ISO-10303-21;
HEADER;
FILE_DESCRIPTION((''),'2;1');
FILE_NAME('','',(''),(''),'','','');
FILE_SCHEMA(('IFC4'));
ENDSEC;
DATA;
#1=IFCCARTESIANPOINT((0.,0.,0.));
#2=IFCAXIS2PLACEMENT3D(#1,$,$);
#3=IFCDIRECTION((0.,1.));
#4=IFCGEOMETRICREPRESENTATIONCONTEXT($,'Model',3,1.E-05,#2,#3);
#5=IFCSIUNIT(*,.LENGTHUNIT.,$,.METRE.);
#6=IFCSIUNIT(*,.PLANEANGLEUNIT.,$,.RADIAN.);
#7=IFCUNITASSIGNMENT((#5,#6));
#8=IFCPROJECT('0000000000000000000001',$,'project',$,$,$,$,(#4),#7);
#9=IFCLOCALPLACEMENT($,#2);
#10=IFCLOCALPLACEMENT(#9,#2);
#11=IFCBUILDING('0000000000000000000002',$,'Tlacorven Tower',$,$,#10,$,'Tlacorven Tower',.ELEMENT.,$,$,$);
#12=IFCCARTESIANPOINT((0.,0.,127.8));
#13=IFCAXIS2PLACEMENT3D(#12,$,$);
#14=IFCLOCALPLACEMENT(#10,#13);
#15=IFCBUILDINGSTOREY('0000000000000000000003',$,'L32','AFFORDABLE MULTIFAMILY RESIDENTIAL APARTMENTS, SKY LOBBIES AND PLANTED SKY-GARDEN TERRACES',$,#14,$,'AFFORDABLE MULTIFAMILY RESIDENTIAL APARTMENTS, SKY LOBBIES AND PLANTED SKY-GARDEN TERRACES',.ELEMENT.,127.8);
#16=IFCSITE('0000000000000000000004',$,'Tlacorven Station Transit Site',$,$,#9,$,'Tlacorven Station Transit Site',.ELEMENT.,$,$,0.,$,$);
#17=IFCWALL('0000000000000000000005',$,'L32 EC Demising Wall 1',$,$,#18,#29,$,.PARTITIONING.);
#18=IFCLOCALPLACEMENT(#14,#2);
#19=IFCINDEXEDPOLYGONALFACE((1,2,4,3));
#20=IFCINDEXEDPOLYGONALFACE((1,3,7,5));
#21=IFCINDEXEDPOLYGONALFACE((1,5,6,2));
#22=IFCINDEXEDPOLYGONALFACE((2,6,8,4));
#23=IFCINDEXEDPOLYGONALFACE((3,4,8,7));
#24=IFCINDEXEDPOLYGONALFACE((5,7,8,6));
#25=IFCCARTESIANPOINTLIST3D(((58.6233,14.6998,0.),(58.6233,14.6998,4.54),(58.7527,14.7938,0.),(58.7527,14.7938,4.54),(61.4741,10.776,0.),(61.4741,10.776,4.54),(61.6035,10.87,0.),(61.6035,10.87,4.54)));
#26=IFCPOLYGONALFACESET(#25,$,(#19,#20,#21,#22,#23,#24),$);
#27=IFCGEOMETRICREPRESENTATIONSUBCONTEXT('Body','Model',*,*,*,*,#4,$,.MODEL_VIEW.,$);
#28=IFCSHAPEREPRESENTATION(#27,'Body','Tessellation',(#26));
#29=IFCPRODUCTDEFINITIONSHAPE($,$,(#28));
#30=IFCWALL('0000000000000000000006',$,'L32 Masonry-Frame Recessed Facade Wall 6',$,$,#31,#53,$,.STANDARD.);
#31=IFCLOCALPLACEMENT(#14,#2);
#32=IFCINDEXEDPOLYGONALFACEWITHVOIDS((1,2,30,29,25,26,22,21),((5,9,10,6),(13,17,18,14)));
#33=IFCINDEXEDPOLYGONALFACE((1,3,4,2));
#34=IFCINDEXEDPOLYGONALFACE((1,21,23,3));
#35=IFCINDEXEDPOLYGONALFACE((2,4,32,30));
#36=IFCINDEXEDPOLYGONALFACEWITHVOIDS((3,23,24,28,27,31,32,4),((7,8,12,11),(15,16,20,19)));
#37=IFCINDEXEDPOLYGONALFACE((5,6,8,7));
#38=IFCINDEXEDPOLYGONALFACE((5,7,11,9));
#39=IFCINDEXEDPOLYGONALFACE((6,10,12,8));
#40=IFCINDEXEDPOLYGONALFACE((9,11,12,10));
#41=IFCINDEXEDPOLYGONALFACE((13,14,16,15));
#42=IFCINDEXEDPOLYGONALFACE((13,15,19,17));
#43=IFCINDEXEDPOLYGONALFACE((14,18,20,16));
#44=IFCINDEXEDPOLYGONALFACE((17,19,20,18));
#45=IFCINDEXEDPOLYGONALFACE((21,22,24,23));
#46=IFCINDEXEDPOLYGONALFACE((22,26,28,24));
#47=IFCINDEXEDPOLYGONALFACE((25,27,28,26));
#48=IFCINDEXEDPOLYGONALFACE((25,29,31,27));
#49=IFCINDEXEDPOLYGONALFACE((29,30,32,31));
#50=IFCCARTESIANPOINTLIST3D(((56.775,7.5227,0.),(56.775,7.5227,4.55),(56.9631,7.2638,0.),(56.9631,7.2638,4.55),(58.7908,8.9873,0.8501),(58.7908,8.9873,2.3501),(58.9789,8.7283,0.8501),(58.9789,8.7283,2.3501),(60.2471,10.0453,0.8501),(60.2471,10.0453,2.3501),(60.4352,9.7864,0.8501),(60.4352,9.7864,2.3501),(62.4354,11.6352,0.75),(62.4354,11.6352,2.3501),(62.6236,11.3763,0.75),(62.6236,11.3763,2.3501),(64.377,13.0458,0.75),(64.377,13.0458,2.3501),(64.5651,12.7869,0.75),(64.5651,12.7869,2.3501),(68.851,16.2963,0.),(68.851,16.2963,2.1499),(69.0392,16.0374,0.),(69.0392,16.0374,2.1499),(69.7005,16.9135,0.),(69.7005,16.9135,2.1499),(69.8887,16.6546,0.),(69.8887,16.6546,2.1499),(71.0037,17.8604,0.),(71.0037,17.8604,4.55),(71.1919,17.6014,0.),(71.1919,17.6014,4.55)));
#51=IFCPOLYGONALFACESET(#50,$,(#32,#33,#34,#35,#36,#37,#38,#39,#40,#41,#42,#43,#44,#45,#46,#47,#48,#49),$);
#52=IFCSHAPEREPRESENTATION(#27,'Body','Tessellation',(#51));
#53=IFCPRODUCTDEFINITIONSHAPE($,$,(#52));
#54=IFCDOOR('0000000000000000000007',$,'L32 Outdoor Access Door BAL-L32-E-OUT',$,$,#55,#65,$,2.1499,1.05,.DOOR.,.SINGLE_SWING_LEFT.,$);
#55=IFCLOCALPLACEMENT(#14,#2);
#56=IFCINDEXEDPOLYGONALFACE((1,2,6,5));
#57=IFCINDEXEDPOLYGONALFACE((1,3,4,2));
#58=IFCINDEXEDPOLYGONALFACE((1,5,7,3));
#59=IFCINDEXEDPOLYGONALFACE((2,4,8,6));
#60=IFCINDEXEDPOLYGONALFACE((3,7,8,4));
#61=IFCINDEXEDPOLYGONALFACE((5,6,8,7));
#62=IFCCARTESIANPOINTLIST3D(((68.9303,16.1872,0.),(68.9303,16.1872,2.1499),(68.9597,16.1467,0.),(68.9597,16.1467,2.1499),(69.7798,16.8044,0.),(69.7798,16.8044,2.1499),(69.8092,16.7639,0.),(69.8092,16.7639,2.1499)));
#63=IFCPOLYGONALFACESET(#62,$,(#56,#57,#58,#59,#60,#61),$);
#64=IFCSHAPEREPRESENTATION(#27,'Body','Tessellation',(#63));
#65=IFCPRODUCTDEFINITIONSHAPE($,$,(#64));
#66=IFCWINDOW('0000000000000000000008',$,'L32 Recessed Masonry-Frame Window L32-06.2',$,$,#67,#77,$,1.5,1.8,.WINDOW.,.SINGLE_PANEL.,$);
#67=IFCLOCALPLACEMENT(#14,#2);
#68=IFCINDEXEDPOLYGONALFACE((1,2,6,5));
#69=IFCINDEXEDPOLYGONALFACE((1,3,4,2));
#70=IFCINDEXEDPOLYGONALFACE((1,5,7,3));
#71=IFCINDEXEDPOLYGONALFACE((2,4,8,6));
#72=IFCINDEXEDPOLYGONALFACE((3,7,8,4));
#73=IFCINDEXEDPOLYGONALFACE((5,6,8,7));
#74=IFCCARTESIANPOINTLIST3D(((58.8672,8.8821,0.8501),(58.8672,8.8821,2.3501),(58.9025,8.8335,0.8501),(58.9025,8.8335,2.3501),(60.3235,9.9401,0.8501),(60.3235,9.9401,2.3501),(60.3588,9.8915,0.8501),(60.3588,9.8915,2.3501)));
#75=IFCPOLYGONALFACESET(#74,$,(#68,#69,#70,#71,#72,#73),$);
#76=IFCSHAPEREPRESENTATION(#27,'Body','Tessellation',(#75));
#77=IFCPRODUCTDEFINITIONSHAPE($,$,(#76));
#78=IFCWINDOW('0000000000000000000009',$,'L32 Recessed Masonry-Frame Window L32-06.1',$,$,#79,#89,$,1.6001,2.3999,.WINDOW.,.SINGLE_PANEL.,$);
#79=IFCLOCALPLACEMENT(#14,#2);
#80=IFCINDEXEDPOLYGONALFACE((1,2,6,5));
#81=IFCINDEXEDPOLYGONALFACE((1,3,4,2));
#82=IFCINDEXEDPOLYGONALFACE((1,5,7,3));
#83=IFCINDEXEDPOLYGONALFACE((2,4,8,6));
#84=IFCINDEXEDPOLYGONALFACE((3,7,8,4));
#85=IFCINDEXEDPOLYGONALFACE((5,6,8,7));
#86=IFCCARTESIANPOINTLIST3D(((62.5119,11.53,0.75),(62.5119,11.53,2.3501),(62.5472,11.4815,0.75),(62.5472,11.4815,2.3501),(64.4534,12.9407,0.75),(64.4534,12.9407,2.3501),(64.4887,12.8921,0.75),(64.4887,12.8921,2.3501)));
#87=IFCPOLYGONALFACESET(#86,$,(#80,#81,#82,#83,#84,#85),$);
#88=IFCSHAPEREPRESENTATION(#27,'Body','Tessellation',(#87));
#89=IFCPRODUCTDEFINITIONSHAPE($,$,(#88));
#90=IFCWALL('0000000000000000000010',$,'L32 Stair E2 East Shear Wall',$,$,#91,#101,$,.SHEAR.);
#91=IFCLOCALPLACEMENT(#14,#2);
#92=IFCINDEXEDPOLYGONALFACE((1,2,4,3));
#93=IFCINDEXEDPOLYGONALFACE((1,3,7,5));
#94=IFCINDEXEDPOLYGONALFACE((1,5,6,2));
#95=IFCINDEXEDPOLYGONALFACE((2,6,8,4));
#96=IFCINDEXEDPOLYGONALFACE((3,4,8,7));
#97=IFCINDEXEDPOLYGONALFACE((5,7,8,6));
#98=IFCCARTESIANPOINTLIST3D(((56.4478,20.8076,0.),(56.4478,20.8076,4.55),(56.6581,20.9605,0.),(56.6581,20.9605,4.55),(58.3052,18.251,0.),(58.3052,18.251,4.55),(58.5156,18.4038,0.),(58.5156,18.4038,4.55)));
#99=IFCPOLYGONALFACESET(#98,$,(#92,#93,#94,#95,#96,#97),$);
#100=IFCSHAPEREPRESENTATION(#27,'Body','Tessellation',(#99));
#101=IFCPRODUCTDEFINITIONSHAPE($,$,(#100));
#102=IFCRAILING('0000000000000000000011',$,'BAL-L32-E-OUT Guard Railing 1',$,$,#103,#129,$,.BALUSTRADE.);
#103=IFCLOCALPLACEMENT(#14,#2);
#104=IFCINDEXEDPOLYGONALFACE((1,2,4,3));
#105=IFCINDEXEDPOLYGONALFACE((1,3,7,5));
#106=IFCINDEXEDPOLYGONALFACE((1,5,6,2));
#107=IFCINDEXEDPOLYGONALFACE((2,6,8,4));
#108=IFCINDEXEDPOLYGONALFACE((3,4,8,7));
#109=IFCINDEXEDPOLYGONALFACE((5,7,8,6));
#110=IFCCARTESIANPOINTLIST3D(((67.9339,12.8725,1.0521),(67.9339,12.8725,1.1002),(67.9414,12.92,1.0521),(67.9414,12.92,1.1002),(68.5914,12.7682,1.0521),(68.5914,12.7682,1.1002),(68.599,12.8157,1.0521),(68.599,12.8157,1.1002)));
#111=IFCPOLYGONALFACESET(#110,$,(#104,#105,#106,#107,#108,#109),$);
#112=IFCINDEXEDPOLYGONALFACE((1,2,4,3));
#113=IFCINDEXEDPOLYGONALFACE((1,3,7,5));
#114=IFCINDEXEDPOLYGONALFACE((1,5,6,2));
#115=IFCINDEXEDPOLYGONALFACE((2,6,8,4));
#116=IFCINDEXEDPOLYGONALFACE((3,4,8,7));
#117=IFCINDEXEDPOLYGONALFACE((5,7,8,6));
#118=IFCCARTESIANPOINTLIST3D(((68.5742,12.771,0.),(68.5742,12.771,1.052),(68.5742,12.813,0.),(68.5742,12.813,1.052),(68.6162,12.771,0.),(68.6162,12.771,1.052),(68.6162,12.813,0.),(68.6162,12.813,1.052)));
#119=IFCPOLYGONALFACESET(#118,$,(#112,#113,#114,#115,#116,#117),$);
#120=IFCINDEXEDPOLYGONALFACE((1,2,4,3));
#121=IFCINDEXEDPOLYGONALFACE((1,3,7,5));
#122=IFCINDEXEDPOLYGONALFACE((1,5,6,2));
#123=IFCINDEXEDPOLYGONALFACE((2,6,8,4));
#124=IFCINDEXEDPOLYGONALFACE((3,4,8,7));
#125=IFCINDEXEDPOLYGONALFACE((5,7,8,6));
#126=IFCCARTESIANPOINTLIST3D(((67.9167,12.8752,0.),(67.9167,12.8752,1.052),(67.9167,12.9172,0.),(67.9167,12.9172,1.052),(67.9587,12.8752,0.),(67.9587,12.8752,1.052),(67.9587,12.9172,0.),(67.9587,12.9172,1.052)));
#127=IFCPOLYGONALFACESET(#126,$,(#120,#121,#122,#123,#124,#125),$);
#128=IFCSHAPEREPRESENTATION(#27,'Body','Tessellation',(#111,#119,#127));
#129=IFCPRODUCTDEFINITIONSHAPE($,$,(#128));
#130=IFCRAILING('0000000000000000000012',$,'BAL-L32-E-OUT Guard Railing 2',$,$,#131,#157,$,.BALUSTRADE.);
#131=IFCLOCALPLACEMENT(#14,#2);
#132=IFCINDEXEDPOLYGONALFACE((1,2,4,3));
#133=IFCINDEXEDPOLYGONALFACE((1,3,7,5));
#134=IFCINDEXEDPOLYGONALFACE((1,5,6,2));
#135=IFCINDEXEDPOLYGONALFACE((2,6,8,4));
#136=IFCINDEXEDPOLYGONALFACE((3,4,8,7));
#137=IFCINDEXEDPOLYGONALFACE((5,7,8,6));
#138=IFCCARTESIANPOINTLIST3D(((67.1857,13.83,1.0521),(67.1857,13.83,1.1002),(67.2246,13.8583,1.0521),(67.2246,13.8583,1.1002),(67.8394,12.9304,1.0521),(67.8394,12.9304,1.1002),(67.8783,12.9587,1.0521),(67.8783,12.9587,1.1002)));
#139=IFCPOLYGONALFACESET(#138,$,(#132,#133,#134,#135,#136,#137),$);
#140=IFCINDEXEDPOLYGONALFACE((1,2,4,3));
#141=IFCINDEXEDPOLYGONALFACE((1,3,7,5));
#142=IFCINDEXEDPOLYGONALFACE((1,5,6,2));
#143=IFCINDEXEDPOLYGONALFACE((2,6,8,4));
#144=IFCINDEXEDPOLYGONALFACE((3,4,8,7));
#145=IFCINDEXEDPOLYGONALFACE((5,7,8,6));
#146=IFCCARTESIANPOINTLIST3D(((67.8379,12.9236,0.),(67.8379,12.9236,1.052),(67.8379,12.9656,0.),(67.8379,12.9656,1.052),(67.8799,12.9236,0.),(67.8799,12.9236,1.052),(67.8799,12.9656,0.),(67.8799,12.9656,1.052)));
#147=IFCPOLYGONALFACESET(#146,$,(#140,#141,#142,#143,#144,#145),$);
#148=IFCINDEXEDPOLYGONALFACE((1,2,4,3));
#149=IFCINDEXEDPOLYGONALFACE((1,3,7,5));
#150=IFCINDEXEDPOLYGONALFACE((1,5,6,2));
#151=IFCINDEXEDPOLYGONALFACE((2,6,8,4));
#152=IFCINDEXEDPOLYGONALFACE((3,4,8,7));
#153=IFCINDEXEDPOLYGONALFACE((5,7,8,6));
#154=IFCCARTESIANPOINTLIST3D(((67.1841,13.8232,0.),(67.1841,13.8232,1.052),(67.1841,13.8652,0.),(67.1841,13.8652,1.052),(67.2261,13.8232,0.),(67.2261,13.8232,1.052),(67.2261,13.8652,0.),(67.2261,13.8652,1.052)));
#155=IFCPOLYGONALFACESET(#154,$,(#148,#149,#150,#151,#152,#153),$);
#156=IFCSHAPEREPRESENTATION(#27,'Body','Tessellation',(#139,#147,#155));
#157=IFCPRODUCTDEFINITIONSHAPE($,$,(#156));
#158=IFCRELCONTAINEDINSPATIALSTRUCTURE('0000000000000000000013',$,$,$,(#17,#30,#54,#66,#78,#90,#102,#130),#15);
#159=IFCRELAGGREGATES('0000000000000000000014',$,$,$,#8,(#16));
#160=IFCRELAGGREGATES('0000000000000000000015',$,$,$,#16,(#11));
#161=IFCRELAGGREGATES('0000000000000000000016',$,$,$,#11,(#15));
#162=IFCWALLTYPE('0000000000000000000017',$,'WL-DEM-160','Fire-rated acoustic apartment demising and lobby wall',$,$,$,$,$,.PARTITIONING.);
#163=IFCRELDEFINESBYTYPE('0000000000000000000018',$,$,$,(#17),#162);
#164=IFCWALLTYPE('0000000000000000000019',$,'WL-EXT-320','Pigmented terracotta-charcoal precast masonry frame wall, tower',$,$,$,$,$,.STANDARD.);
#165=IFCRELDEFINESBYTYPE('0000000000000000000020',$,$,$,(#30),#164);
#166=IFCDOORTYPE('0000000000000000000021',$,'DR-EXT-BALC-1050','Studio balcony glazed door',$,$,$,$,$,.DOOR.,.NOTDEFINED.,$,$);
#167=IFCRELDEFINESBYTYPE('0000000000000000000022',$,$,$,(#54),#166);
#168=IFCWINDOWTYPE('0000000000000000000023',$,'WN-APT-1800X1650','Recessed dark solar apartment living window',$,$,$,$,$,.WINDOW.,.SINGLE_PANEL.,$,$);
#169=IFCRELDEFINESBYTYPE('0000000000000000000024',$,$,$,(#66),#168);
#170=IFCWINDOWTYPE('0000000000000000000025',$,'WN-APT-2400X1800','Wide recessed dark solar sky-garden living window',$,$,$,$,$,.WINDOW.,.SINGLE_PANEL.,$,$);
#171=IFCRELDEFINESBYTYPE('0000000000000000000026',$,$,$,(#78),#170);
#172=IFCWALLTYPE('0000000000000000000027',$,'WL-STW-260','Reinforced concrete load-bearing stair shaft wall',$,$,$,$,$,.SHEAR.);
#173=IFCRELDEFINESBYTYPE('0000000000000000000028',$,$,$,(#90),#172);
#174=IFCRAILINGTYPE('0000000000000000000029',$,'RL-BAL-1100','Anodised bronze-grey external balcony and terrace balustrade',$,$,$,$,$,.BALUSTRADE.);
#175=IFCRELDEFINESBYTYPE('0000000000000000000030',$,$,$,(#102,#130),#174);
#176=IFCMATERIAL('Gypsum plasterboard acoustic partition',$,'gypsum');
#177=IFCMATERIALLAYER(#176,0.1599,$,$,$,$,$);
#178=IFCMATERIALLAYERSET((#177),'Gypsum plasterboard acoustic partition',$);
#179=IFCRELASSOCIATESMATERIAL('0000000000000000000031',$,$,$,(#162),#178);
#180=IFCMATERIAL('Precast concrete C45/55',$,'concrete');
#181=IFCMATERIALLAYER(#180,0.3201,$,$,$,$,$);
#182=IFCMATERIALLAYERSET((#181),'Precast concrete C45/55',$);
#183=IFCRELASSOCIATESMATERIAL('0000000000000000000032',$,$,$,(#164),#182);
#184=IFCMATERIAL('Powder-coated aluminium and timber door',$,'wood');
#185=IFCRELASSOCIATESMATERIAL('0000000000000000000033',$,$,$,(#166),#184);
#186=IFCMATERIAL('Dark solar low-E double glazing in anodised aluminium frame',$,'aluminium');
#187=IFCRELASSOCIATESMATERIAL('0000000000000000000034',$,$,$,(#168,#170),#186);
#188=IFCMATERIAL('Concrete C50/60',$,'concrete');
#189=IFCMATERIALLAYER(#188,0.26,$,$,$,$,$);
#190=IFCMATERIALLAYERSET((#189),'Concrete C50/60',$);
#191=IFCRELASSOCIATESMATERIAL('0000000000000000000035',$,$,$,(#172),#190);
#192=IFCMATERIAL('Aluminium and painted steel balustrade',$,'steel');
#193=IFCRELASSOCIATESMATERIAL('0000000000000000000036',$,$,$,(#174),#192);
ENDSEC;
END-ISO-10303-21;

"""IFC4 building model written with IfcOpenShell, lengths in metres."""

from ifc_helpers import new_model, si_unit, direction, frame, frame_2d, origin, origin_2d, place, context, subcontext, project, spatial, rectangle, extrude, source, transform, mapped, material, layer, layer_set, type_object, element, fill, save


model = new_model("IFC4")

# Units and contexts
model_context = context("Model", 3, precision=1e-05, world=origin(), true_north=direction((0.0, 1.0)))
body_context = subcontext(model_context, "Body", "Model", "MODEL_VIEW")
ifc_project = project(units=[si_unit("LENGTHUNIT", "METRE"), si_unit("PLANEANGLEUNIT", "RADIAN")], contexts=[model_context])

# Site, building, storey
site_placement = place(None, origin())
site = spatial("IfcSite", under=ifc_project, at=site_placement, Name="Tlacorven Station Transit Site", LongName="Tlacorven Station Transit Site", CompositionType="ELEMENT", RefElevation=0.0)
building_placement = place(site_placement, origin())
building = spatial("IfcBuilding", under=site, at=building_placement, Name="Tlacorven Tower", LongName="Tlacorven Tower", CompositionType="ELEMENT")
storey_placement = place(building_placement, frame((0.0, 0.0, 127.8)))
storey = spatial("IfcBuildingStorey", under=building, at=storey_placement, Name="L32", Description="AFFORDABLE MULTIFAMILY RESIDENTIAL APARTMENTS, SKY LOBBIES AND PLANTED SKY-GARDEN TERRACES", LongName="AFFORDABLE MULTIFAMILY RESIDENTIAL APARTMENTS, SKY LOBBIES AND PLANTED SKY-GARDEN TERRACES", CompositionType="ELEMENT", Elevation=127.8)

# Wall
ifc_material_1 = material(Name="Gypsum plasterboard acoustic partition", Category="gypsum")
ifc_layer_1 = layer(ifc_material_1, 0.1599)
ifc_layer_set_1 = layer_set([ifc_layer_1], Name="Gypsum plasterboard acoustic partition")
wall_type_1 = type_object("IfcWallType", Name="WL-DEM-160", Description="Fire-rated acoustic apartment demising and lobby wall", PredefinedType="PARTITIONING", material=ifc_layer_set_1)
wall_1_placement = place(storey_placement, frame((61.5388, 10.823, 0.0), z_axis=(0.0, 0.0, 1.0), x_axis=(-0.587786, 0.809017, 0.0)))
element("IfcWall", 1, at=wall_1_placement, inside=storey, type_object=wall_type_1, Name="L32 EC Demising Wall 1", PredefinedType="PARTITIONING", context=body_context, shape_type="SweptSolid", body=[
    extrude(rectangle(XDim=4.8501, YDim=0.1599, at=frame_2d((2.425, 0.0))), origin(), (0.0, 0.0, 1.0), 4.54),
])

# Wall, openings, door, windows
ifc_material_2 = material(Name="Precast concrete C45/55", Category="concrete")
ifc_layer_2 = layer(ifc_material_2, 0.3201)
ifc_layer_set_2 = layer_set([ifc_layer_2], Name="Precast concrete C45/55")
wall_type_2 = type_object("IfcWallType", Name="WL-EXT-320", Description="Pigmented terracotta-charcoal precast masonry frame wall, tower", PredefinedType="STANDARD", material=ifc_layer_set_2)
wall_2_placement = place(storey_placement, frame((71.0979, 17.731, 0.0), z_axis=(0.0, 0.0, 1.0), x_axis=(-0.809021, -0.58778, 0.0)))
wall_2 = element("IfcWall", 2, at=wall_2_placement, inside=storey, type_object=wall_type_2, Name="L32 Masonry-Frame Recessed Facade Wall 6", PredefinedType="STANDARD", context=body_context, shape_type="SweptSolid", body=[
    extrude(rectangle(XDim=17.5876, YDim=0.3201, at=frame_2d((8.7939, 0.0))), origin(), (0.0, 0.0, 1.0), 4.55),
])
opening_1_placement = place(wall_2_placement, frame((1.6111, 0.0, 0.0)))
opening_1 = element("IfcOpeningElement", 3, at=opening_1_placement, cuts=wall_2, PredefinedType="OPENING", context=body_context, shape_type="SweptSolid", body=[
    extrude(rectangle(XDim=1.05, YDim=2.1499, at=frame_2d((0.5249, 1.075))), frame((0.0, 0.1699, 0.0), z_axis=(0.0, -1.0, 0.0), x_axis=(1.0, 0.0, 0.0)), (0.0, 0.0, 1.0), 0.3401),
])
opening_2_placement = place(wall_2_placement, frame((8.1912, 0.0, 0.75)))
opening_2 = element("IfcOpeningElement", 4, at=opening_2_placement, cuts=wall_2, PredefinedType="OPENING", context=body_context, shape_type="SweptSolid", body=[
    extrude(rectangle(XDim=2.3999, YDim=1.6001, at=frame_2d((1.2, 0.8))), frame((0.0, 0.1699, 0.0), z_axis=(0.0, -1.0, 0.0), x_axis=(1.0, 0.0, 0.0)), (0.0, 0.0, 1.0), 0.3401),
])
opening_3_placement = place(wall_2_placement, frame((13.2961, 0.0, 0.8501)))
opening_3 = element("IfcOpeningElement", 5, at=opening_3_placement, cuts=wall_2, PredefinedType="OPENING", context=body_context, shape_type="SweptSolid", body=[
    extrude(rectangle(XDim=1.8, YDim=1.5, at=frame_2d((0.8999, 0.75))), frame((0.0, 0.1699, 0.0), z_axis=(0.0, -1.0, 0.0), x_axis=(1.0, 0.0, 0.0)), (0.0, 0.0, 1.0), 0.3401),
])
ifc_material_3 = material(Name="Powder-coated aluminium and timber door", Category="wood")
door_type = type_object("IfcDoorType", Name="DR-EXT-BALC-1050", Description="Studio balcony glazed door", OperationType="NOTDEFINED", PredefinedType="DOOR", material=ifc_material_3)
shared_shape_1 = source(origin(), body_context, "Body", "SweptSolid", [
    extrude(rectangle(XDim=1.05, YDim=2.1499, at=frame_2d((0.5249, 1.075))), frame((0.0, 0.0249, 0.0), z_axis=(0.0, -1.0, 0.0), x_axis=(1.0, 0.0, 0.0)), (0.0, 0.0, 1.0), 0.05),
])
door_placement = place(opening_1_placement, origin())
door = element("IfcDoor", 6, at=door_placement, inside=storey, type_object=door_type, Name="L32 Outdoor Access Door BAL-L32-E-OUT", OperationType="SINGLE_SWING_LEFT", OverallHeight=2.1499, OverallWidth=1.05, PredefinedType="DOOR", context=body_context, shape_type="MappedRepresentation", body=[
    mapped(shared_shape_1, transform((0.0, 0.0, 0.0), scale=1.0)),
])
fill(opening_1, door)
ifc_material_4 = material(Name="Dark solar low-E double glazing in anodised aluminium frame", Category="aluminium")
window_type_1 = type_object("IfcWindowType", Name="WN-APT-1800X1650", Description="Recessed dark solar apartment living window", PartitioningType="SINGLE_PANEL", PredefinedType="WINDOW", material=ifc_material_4)
shared_shape_2 = source(origin(), body_context, "Body", "SweptSolid", [
    extrude(rectangle(XDim=1.8, YDim=1.5, at=frame_2d((0.8999, 0.75))), frame((0.0, 0.03, 0.0), z_axis=(0.0, -1.0, 0.0), x_axis=(1.0, 0.0, 0.0)), (0.0, 0.0, 1.0), 0.0601),
])
window_1_placement = place(opening_3_placement, origin())
window_1 = element("IfcWindow", 7, at=window_1_placement, inside=storey, type_object=window_type_1, Name="L32 Recessed Masonry-Frame Window L32-06.2", OverallHeight=1.5, OverallWidth=1.8, PartitioningType="SINGLE_PANEL", PredefinedType="WINDOW", context=body_context, shape_type="MappedRepresentation", body=[
    mapped(shared_shape_2, transform((0.0, 0.0, 0.0), scale=1.0)),
])
fill(opening_3, window_1)
window_type_2 = type_object("IfcWindowType", Name="WN-APT-2400X1800", Description="Wide recessed dark solar sky-garden living window", PartitioningType="SINGLE_PANEL", PredefinedType="WINDOW", material=ifc_material_4)
shared_shape_3 = source(origin(), body_context, "Body", "SweptSolid", [
    extrude(rectangle(XDim=2.3999, YDim=1.6001, at=frame_2d((1.2, 0.8))), frame((0.0, 0.03, 0.0), z_axis=(0.0, -1.0, 0.0), x_axis=(1.0, 0.0, 0.0)), (0.0, 0.0, 1.0), 0.0601),
])
window_2_placement = place(opening_2_placement, origin())
window_2 = element("IfcWindow", 8, at=window_2_placement, inside=storey, type_object=window_type_2, Name="L32 Recessed Masonry-Frame Window L32-06.1", OverallHeight=1.6001, OverallWidth=2.3999, PartitioningType="SINGLE_PANEL", PredefinedType="WINDOW", context=body_context, shape_type="MappedRepresentation", body=[
    mapped(shared_shape_3, transform((0.0, 0.0, 0.0), scale=1.0)),
])
fill(opening_2, window_2)

# Wall
ifc_material_5 = material(Name="Concrete C50/60", Category="concrete")
ifc_layer_3 = layer(ifc_material_5, 0.26)
ifc_layer_set_3 = layer_set([ifc_layer_3], Name="Concrete C50/60")
wall_type_3 = type_object("IfcWallType", Name="WL-STW-260", Description="Reinforced concrete load-bearing stair shaft wall", PredefinedType="SHEAR", material=ifc_layer_set_3)
wall_3_placement = place(storey_placement, frame((58.4104, 18.3274, 0.0), z_axis=(0.0, 0.0, 1.0), x_axis=(-0.587767, 0.80903, 0.0)))
element("IfcWall", 9, at=wall_3_placement, inside=storey, type_object=wall_type_3, Name="L32 Stair E2 East Shear Wall", PredefinedType="SHEAR", context=body_context, shape_type="SweptSolid", body=[
    extrude(rectangle(XDim=3.1602, YDim=0.26, at=frame_2d((1.5801, 0.0))), origin(), (0.0, 0.0, 1.0), 4.55),
])

# Railings
ifc_material_6 = material(Name="Aluminium and painted steel balustrade", Category="steel")
railing_type = type_object("IfcRailingType", Name="RL-BAL-1100", Description="Anodised bronze-grey external balcony and terrace balustrade", PredefinedType="BALUSTRADE", material=ifc_material_6)
shared_shape_4 = source(origin(), body_context, "Body", "SweptSolid", [
    extrude(rectangle(XDim=0.0481, YDim=0.0481, at=origin_2d()), frame((0.0, 0.0, 1.0762), z_axis=(-0.987662, 0.156603, 0.0), x_axis=(-0.156603, -0.987662, 0.0)), (0.0, 0.0, 1.0), 0.6658),
    extrude(rectangle(XDim=0.042, YDim=0.042, at=origin_2d()), origin(), (0.0, 0.0, 1.0), 1.052),
    extrude(rectangle(XDim=0.042, YDim=0.042, at=origin_2d()), frame((-0.6575, 0.1042, 0.0)), (0.0, 0.0, 1.0), 1.052),
])
railing_1_placement = place(storey_placement, frame((68.5952, 12.792, 0.0)))
element("IfcRailing", 10, at=railing_1_placement, inside=storey, type_object=railing_type, Name="BAL-L32-E-OUT Guard Railing 1", PredefinedType="BALUSTRADE", context=body_context, shape_type="MappedRepresentation", body=[
    mapped(shared_shape_4, transform((0.0, 0.0, 0.0), scale=1.0)),
])
shared_shape_5 = source(origin(), body_context, "Body", "SweptSolid", [
    extrude(rectangle(XDim=0.0481, YDim=0.0481, at=origin_2d()), frame((0.0, 0.0, 1.0762), z_axis=(-0.587884, 0.808945, 0.0), x_axis=(-0.808945, -0.587884, 0.0)), (0.0, 0.0, 1.0), 1.1121),
    extrude(rectangle(XDim=0.042, YDim=0.042, at=origin_2d()), origin(), (0.0, 0.0, 1.0), 1.052),
    extrude(rectangle(XDim=0.042, YDim=0.042, at=origin_2d()), frame((-0.6538, 0.8997, 0.0)), (0.0, 0.0, 1.0), 1.052),
])
railing_2_placement = place(storey_placement, frame((67.8589, 12.9446, 0.0)))
element("IfcRailing", 11, at=railing_2_placement, inside=storey, type_object=railing_type, Name="BAL-L32-E-OUT Guard Railing 2", PredefinedType="BALUSTRADE", context=body_context, shape_type="MappedRepresentation", body=[
    mapped(shared_shape_5, transform((0.0, 0.0, 0.0), scale=1.0)),
])

save(model, "model.ifc")
